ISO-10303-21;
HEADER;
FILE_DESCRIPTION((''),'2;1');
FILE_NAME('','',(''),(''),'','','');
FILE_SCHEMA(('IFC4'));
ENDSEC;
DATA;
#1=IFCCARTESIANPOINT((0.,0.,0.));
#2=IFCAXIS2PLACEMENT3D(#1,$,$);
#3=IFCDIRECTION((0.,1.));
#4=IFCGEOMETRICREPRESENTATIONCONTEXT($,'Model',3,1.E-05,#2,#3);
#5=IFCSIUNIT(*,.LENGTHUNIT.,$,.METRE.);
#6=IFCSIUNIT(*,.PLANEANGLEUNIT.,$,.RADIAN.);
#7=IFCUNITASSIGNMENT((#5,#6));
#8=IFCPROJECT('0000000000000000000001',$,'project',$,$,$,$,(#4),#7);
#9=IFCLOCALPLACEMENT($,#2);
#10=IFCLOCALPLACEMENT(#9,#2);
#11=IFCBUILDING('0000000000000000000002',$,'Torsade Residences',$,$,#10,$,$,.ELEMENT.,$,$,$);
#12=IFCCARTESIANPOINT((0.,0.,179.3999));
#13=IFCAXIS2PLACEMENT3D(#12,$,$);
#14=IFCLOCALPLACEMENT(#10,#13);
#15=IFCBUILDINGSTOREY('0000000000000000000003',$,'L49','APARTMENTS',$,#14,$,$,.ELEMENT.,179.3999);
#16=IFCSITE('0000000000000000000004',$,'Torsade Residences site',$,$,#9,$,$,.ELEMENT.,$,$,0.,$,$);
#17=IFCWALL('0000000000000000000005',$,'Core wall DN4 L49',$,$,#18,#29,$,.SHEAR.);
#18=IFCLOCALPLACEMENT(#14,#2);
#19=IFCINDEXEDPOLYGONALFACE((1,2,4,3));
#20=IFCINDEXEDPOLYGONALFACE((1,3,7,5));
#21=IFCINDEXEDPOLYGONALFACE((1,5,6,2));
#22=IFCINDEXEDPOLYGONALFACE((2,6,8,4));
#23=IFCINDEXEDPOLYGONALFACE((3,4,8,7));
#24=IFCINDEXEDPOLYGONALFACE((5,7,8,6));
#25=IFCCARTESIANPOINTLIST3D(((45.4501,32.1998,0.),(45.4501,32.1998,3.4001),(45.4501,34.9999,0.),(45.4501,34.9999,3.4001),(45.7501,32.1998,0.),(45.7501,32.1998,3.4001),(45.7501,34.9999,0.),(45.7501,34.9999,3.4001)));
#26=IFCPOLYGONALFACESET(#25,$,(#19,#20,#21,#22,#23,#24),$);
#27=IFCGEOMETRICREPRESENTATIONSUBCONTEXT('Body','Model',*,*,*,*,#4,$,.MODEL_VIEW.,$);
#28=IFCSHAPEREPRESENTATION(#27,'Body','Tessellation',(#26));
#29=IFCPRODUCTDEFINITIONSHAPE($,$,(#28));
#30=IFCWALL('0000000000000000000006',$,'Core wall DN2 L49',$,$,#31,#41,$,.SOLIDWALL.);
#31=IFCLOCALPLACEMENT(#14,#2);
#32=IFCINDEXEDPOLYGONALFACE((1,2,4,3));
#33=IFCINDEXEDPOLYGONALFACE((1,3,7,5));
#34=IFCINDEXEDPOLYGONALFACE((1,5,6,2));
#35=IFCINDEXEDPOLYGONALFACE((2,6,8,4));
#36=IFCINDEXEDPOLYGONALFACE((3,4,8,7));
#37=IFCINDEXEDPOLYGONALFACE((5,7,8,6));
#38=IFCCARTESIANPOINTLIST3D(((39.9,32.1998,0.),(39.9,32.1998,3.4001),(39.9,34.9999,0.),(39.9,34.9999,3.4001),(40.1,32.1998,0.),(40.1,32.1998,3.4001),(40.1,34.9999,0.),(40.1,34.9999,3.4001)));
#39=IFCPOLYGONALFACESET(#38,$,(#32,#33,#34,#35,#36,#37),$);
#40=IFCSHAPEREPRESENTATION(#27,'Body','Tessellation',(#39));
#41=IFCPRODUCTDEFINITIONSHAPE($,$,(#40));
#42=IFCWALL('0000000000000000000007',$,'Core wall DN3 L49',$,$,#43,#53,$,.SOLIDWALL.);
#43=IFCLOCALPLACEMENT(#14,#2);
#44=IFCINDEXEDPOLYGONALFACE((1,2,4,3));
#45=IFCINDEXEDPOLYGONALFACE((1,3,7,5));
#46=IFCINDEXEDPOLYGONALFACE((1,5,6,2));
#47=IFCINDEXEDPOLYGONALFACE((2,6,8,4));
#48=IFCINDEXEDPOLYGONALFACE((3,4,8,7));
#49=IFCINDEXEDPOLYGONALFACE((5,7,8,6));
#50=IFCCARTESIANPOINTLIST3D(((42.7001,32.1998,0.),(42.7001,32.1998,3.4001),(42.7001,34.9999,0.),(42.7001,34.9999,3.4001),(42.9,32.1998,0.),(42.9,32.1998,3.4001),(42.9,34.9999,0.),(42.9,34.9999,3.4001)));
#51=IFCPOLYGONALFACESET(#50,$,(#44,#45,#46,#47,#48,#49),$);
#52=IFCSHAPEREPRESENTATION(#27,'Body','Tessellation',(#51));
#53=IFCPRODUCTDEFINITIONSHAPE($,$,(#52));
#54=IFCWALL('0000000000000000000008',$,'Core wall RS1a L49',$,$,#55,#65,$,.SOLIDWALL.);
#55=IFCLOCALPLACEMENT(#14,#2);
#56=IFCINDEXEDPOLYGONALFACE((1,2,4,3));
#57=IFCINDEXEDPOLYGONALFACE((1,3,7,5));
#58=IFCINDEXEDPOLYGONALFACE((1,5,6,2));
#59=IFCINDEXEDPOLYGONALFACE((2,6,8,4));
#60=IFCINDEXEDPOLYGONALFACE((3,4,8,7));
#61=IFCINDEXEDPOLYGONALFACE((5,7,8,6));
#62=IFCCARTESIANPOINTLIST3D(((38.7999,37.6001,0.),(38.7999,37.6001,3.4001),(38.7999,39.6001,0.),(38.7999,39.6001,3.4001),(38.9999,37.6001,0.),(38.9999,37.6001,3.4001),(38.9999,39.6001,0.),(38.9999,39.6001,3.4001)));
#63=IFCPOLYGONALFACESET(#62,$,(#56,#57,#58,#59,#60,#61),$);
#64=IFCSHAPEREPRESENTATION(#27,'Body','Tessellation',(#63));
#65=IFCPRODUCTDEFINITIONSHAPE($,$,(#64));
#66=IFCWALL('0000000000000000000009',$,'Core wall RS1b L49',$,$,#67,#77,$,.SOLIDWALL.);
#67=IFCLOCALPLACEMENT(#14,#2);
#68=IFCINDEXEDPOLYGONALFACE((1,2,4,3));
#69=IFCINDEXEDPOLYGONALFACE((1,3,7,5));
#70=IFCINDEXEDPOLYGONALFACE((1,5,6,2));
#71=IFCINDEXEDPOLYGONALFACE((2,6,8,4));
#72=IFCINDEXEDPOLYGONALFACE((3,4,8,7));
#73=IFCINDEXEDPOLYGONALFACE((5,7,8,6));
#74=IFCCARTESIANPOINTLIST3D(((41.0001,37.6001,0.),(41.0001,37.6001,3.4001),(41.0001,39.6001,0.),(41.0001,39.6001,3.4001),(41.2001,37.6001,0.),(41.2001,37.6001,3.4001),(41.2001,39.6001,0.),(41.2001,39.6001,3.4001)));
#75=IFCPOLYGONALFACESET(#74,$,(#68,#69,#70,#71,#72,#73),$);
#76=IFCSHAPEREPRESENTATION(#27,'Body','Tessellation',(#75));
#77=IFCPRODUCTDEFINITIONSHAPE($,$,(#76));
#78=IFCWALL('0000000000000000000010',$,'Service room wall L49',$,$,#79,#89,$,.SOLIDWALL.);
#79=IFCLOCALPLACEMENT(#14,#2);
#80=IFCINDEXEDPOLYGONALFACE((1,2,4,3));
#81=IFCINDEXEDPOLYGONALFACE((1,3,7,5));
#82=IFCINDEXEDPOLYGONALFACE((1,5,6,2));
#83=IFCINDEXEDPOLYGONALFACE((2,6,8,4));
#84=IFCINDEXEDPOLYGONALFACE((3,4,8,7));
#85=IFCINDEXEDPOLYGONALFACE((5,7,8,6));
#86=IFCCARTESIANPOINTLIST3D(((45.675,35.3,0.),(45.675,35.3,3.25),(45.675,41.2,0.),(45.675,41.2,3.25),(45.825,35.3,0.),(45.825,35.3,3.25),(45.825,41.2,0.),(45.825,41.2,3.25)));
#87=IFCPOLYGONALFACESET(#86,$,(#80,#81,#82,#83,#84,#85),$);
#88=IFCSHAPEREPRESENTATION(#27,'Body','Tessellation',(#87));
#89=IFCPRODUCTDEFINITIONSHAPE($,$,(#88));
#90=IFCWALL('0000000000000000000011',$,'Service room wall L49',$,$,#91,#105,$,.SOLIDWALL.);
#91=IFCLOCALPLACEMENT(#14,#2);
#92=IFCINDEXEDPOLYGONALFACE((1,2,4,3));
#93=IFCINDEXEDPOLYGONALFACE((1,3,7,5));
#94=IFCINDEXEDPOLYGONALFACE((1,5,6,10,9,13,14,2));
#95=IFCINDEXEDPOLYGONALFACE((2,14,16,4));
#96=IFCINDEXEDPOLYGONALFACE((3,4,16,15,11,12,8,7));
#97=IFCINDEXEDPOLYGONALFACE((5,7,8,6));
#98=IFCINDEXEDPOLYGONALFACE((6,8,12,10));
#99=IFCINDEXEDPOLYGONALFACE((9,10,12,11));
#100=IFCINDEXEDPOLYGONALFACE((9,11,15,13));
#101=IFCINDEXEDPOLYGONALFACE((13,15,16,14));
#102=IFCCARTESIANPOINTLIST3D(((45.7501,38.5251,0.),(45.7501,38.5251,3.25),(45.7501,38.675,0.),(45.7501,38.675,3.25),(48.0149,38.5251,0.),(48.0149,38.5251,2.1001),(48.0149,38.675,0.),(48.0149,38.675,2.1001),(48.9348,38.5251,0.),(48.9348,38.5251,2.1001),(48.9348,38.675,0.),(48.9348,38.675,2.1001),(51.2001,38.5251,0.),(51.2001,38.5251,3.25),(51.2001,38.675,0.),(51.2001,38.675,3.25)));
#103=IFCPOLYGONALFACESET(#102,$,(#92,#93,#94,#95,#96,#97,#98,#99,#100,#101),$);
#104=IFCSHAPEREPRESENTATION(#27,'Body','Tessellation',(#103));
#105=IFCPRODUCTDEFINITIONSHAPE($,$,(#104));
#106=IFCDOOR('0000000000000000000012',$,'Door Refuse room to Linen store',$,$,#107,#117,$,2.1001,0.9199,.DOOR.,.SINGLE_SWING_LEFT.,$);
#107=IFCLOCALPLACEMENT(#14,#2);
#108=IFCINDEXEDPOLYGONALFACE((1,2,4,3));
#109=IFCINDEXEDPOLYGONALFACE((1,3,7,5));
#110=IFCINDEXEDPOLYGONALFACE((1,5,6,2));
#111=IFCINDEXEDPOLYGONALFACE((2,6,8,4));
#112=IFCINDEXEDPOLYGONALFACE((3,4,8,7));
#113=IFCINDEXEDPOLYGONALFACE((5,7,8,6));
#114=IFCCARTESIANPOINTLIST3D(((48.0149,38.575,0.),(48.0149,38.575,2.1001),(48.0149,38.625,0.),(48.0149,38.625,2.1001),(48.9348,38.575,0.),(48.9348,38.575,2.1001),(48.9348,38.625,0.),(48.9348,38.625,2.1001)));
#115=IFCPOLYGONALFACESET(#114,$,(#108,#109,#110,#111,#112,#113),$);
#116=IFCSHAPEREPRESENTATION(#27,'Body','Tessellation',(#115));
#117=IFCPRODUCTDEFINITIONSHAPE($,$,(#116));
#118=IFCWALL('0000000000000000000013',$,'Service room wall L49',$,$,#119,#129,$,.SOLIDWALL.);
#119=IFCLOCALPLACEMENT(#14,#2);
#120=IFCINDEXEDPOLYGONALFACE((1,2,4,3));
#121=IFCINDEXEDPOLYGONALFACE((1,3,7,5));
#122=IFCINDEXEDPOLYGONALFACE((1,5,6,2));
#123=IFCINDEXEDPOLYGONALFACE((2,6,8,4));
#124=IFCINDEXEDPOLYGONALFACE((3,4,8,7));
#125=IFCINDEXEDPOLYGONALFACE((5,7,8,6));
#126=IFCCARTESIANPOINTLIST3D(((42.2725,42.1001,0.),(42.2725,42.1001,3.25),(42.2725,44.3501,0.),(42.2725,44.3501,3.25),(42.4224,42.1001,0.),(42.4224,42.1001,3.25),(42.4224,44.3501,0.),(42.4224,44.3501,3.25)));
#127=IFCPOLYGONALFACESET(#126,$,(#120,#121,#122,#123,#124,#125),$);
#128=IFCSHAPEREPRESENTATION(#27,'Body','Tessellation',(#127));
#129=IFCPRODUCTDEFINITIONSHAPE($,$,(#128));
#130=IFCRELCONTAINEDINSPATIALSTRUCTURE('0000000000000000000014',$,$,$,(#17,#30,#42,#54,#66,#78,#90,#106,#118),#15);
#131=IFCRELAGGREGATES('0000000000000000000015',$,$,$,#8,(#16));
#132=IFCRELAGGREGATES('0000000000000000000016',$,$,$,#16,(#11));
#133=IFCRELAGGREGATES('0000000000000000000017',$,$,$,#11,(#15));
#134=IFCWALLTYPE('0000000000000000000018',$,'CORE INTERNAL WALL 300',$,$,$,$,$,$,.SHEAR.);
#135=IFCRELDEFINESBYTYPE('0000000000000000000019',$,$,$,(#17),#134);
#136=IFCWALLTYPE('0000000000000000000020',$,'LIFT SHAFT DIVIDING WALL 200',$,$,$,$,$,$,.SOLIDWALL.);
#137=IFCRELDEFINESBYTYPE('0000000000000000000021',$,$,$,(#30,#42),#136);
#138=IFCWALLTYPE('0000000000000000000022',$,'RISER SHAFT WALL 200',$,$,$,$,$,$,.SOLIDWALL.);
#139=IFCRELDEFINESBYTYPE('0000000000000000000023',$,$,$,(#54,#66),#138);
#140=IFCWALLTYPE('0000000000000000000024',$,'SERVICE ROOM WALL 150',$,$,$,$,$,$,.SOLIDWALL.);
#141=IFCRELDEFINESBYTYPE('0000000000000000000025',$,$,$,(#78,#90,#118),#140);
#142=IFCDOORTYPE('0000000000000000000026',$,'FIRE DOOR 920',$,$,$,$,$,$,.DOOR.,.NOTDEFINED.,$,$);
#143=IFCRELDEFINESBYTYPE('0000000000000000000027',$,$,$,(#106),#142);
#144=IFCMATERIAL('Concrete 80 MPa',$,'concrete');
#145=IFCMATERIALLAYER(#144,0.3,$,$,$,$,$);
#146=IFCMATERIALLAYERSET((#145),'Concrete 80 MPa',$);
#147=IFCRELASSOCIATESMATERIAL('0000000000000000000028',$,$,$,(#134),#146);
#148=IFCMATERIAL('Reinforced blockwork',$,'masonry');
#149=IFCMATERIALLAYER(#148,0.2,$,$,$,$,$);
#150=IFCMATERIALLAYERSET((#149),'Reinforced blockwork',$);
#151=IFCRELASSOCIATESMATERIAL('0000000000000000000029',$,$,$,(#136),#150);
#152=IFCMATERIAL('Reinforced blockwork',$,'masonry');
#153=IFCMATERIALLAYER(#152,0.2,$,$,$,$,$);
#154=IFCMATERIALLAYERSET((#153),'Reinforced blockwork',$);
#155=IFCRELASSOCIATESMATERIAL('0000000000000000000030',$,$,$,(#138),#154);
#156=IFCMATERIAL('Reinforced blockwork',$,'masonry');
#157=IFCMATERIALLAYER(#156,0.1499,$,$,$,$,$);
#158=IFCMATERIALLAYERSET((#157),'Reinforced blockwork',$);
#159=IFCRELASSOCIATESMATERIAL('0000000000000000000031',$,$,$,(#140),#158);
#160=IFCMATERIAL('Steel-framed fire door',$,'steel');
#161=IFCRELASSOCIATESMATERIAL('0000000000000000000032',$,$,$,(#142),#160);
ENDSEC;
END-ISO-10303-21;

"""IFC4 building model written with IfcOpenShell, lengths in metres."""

from ifc_helpers import new_model, si_unit, direction, frame, frame_2d, origin, place, context, subcontext, project, spatial, rectangle, extrude, material, layer, layer_set, type_object, element, fill, save


model = new_model("IFC4")

# Units and contexts
model_context = context("Model", 3, precision=1e-05, world=origin(), true_north=direction((0.0, 1.0)))
body_context = subcontext(model_context, "Body", "Model", "MODEL_VIEW")
ifc_project = project(units=[si_unit("LENGTHUNIT", "METRE"), si_unit("PLANEANGLEUNIT", "RADIAN")], contexts=[model_context])

# Site, building, storey
site_placement = place(None, origin())
site = spatial("IfcSite", under=ifc_project, at=site_placement, Name="Torsade Residences site", CompositionType="ELEMENT", RefElevation=0.0)
building_placement = place(site_placement, origin())
building = spatial("IfcBuilding", under=site, at=building_placement, Name="Torsade Residences", CompositionType="ELEMENT")
storey_placement = place(building_placement, frame((0.0, 0.0, 179.3999)))
storey = spatial("IfcBuildingStorey", under=building, at=storey_placement, Name="L49", Description="APARTMENTS", CompositionType="ELEMENT", Elevation=179.3999)

# Walls
ifc_material_1 = material(Name="Concrete 80 MPa", Category="concrete")
ifc_layer_1 = layer(ifc_material_1, 0.3)
ifc_layer_set_1 = layer_set([ifc_layer_1], Name="Concrete 80 MPa")
wall_type_1 = type_object("IfcWallType", Name="CORE INTERNAL WALL 300", PredefinedType="SHEAR", material=ifc_layer_set_1)
wall_1_placement = place(storey_placement, frame((45.6001, 32.2, 0.0), z_axis=(0.0, 0.0, 1.0), x_axis=(0.0, 1.0, 0.0)))
element("IfcWall", 1, at=wall_1_placement, inside=storey, type_object=wall_type_1, Name="Core wall DN4 L49", PredefinedType="SHEAR", context=body_context, shape_type="SweptSolid", body=[
    extrude(rectangle(XDim=2.8, YDim=0.3, at=frame_2d((1.3999, 0.0))), origin(), (0.0, 0.0, 1.0), 3.4001),
])
ifc_material_2 = material(Name="Reinforced blockwork", Category="masonry")
ifc_layer_2 = layer(ifc_material_2, 0.2)
ifc_layer_set_2 = layer_set([ifc_layer_2], Name="Reinforced blockwork")
wall_type_2 = type_object("IfcWallType", Name="LIFT SHAFT DIVIDING WALL 200", PredefinedType="SOLIDWALL", material=ifc_layer_set_2)
for number, where, z_axis, x_axis, name in (
    (2, (40.0, 32.2, 0.0), (0.0, 0.0, 1.0), (0.0, 1.0, 0.0), "Core wall DN2 L49"),
    (3, (42.8, 32.2, 0.0), (0.0, 0.0, 1.0), (0.0, 1.0, 0.0), "Core wall DN3 L49"),
):
    element("IfcWall", number, at=place(storey_placement, frame(where, z_axis=z_axis, x_axis=x_axis)), inside=storey, type_object=wall_type_2, Name=name, PredefinedType="SOLIDWALL", context=body_context, shape_type="SweptSolid", body=[
        extrude(rectangle(XDim=2.8, YDim=0.2, at=frame_2d((1.3999, 0.0))), origin(), (0.0, 0.0, 1.0), 3.4001),
    ])
ifc_material_3 = material(Name="Reinforced blockwork", Category="masonry")
ifc_layer_3 = layer(ifc_material_3, 0.2)
ifc_layer_set_3 = layer_set([ifc_layer_3], Name="Reinforced blockwork")
wall_type_3 = type_object("IfcWallType", Name="RISER SHAFT WALL 200", PredefinedType="SOLIDWALL", material=ifc_layer_set_3)
for number, where, z_axis, x_axis, name in (
    (4, (38.8999, 37.6001, 0.0), (0.0, 0.0, 1.0), (0.0, 1.0, 0.0), "Core wall RS1a L49"),
    (5, (41.1001, 37.6001, 0.0), (0.0, 0.0, 1.0), (0.0, 1.0, 0.0), "Core wall RS1b L49"),
):
    element("IfcWall", number, at=place(storey_placement, frame(where, z_axis=z_axis, x_axis=x_axis)), inside=storey, type_object=wall_type_3, Name=name, PredefinedType="SOLIDWALL", context=body_context, shape_type="SweptSolid", body=[
        extrude(rectangle(XDim=2.0, YDim=0.2, at=frame_2d((1.0, 0.0))), origin(), (0.0, 0.0, 1.0), 3.4001),
    ])
ifc_material_4 = material(Name="Reinforced blockwork", Category="masonry")
ifc_layer_4 = layer(ifc_material_4, 0.1499)
ifc_layer_set_4 = layer_set([ifc_layer_4], Name="Reinforced blockwork")
wall_type_4 = type_object("IfcWallType", Name="SERVICE ROOM WALL 150", PredefinedType="SOLIDWALL", material=ifc_layer_set_4)
wall_2_placement = place(storey_placement, frame((45.75, 41.2, 0.0), z_axis=(0.0, 0.0, 1.0), x_axis=(0.0, -1.0, 0.0)))
element("IfcWall", 6, at=wall_2_placement, inside=storey, type_object=wall_type_4, Name="Service room wall L49", PredefinedType="SOLIDWALL", context=body_context, shape_type="SweptSolid", body=[
    extrude(rectangle(XDim=5.8999, YDim=0.1499, at=frame_2d((2.95, 0.0))), origin(), (0.0, 0.0, 1.0), 3.25),
])

# Wall, opening, door
wall_3_placement = place(storey_placement, frame((45.75, 38.6001, 0.0), z_axis=(0.0, 0.0, 1.0), x_axis=(1.0, 0.0, 0.0)))
wall_3 = element("IfcWall", 7, at=wall_3_placement, inside=storey, type_object=wall_type_4, Name="Service room wall L49", PredefinedType="SOLIDWALL", context=body_context, shape_type="SweptSolid", body=[
    extrude(rectangle(XDim=5.45, YDim=0.1499, at=frame_2d((2.7251, 0.0))), origin(), (0.0, 0.0, 1.0), 3.25),
])
opening_placement = place(wall_3_placement, frame((2.2649, 0.0, 0.0)))
opening = element("IfcOpeningElement", 8, at=opening_placement, cuts=wall_3, PredefinedType="OPENING", context=body_context, shape_type="SweptSolid", body=[
    extrude(rectangle(XDim=0.9199, YDim=2.1001, at=frame_2d((0.46, 1.05))), frame((0.0, 0.085, 0.0), z_axis=(0.0, -1.0, 0.0), x_axis=(1.0, 0.0, 0.0)), (0.0, 0.0, 1.0), 0.1699),
])
ifc_material_5 = material(Name="Steel-framed fire door", Category="steel")
door_type = type_object("IfcDoorType", Name="FIRE DOOR 920", OperationType="NOTDEFINED", PredefinedType="DOOR", material=ifc_material_5)
door_placement = place(opening_placement, origin())
door = element("IfcDoor", 9, at=door_placement, inside=storey, type_object=door_type, Name="Door Refuse room to Linen store", OperationType="SINGLE_SWING_LEFT", OverallHeight=2.1001, OverallWidth=0.9199, PredefinedType="DOOR", context=body_context, shape_type="SweptSolid", body=[
    extrude(rectangle(XDim=0.9199, YDim=2.1001, at=frame_2d((0.46, 1.05))), frame((0.0, 0.0249, 0.0), z_axis=(0.0, -1.0, 0.0), x_axis=(1.0, 0.0, 0.0)), (0.0, 0.0, 1.0), 0.05),
])
fill(opening, door)

# Wall
wall_4_placement = place(storey_placement, frame((42.3474, 42.1001, 0.0), z_axis=(0.0, 0.0, 1.0), x_axis=(0.0, 1.0, 0.0)))
element("IfcWall", 10, at=wall_4_placement, inside=storey, type_object=wall_type_4, Name="Service room wall L49", PredefinedType="SOLIDWALL", context=body_context, shape_type="SweptSolid", body=[
    extrude(rectangle(XDim=2.25, YDim=0.1499, at=frame_2d((1.125, 0.0))), origin(), (0.0, 0.0, 1.0), 3.25),
])

save(model, "model.ifc")
